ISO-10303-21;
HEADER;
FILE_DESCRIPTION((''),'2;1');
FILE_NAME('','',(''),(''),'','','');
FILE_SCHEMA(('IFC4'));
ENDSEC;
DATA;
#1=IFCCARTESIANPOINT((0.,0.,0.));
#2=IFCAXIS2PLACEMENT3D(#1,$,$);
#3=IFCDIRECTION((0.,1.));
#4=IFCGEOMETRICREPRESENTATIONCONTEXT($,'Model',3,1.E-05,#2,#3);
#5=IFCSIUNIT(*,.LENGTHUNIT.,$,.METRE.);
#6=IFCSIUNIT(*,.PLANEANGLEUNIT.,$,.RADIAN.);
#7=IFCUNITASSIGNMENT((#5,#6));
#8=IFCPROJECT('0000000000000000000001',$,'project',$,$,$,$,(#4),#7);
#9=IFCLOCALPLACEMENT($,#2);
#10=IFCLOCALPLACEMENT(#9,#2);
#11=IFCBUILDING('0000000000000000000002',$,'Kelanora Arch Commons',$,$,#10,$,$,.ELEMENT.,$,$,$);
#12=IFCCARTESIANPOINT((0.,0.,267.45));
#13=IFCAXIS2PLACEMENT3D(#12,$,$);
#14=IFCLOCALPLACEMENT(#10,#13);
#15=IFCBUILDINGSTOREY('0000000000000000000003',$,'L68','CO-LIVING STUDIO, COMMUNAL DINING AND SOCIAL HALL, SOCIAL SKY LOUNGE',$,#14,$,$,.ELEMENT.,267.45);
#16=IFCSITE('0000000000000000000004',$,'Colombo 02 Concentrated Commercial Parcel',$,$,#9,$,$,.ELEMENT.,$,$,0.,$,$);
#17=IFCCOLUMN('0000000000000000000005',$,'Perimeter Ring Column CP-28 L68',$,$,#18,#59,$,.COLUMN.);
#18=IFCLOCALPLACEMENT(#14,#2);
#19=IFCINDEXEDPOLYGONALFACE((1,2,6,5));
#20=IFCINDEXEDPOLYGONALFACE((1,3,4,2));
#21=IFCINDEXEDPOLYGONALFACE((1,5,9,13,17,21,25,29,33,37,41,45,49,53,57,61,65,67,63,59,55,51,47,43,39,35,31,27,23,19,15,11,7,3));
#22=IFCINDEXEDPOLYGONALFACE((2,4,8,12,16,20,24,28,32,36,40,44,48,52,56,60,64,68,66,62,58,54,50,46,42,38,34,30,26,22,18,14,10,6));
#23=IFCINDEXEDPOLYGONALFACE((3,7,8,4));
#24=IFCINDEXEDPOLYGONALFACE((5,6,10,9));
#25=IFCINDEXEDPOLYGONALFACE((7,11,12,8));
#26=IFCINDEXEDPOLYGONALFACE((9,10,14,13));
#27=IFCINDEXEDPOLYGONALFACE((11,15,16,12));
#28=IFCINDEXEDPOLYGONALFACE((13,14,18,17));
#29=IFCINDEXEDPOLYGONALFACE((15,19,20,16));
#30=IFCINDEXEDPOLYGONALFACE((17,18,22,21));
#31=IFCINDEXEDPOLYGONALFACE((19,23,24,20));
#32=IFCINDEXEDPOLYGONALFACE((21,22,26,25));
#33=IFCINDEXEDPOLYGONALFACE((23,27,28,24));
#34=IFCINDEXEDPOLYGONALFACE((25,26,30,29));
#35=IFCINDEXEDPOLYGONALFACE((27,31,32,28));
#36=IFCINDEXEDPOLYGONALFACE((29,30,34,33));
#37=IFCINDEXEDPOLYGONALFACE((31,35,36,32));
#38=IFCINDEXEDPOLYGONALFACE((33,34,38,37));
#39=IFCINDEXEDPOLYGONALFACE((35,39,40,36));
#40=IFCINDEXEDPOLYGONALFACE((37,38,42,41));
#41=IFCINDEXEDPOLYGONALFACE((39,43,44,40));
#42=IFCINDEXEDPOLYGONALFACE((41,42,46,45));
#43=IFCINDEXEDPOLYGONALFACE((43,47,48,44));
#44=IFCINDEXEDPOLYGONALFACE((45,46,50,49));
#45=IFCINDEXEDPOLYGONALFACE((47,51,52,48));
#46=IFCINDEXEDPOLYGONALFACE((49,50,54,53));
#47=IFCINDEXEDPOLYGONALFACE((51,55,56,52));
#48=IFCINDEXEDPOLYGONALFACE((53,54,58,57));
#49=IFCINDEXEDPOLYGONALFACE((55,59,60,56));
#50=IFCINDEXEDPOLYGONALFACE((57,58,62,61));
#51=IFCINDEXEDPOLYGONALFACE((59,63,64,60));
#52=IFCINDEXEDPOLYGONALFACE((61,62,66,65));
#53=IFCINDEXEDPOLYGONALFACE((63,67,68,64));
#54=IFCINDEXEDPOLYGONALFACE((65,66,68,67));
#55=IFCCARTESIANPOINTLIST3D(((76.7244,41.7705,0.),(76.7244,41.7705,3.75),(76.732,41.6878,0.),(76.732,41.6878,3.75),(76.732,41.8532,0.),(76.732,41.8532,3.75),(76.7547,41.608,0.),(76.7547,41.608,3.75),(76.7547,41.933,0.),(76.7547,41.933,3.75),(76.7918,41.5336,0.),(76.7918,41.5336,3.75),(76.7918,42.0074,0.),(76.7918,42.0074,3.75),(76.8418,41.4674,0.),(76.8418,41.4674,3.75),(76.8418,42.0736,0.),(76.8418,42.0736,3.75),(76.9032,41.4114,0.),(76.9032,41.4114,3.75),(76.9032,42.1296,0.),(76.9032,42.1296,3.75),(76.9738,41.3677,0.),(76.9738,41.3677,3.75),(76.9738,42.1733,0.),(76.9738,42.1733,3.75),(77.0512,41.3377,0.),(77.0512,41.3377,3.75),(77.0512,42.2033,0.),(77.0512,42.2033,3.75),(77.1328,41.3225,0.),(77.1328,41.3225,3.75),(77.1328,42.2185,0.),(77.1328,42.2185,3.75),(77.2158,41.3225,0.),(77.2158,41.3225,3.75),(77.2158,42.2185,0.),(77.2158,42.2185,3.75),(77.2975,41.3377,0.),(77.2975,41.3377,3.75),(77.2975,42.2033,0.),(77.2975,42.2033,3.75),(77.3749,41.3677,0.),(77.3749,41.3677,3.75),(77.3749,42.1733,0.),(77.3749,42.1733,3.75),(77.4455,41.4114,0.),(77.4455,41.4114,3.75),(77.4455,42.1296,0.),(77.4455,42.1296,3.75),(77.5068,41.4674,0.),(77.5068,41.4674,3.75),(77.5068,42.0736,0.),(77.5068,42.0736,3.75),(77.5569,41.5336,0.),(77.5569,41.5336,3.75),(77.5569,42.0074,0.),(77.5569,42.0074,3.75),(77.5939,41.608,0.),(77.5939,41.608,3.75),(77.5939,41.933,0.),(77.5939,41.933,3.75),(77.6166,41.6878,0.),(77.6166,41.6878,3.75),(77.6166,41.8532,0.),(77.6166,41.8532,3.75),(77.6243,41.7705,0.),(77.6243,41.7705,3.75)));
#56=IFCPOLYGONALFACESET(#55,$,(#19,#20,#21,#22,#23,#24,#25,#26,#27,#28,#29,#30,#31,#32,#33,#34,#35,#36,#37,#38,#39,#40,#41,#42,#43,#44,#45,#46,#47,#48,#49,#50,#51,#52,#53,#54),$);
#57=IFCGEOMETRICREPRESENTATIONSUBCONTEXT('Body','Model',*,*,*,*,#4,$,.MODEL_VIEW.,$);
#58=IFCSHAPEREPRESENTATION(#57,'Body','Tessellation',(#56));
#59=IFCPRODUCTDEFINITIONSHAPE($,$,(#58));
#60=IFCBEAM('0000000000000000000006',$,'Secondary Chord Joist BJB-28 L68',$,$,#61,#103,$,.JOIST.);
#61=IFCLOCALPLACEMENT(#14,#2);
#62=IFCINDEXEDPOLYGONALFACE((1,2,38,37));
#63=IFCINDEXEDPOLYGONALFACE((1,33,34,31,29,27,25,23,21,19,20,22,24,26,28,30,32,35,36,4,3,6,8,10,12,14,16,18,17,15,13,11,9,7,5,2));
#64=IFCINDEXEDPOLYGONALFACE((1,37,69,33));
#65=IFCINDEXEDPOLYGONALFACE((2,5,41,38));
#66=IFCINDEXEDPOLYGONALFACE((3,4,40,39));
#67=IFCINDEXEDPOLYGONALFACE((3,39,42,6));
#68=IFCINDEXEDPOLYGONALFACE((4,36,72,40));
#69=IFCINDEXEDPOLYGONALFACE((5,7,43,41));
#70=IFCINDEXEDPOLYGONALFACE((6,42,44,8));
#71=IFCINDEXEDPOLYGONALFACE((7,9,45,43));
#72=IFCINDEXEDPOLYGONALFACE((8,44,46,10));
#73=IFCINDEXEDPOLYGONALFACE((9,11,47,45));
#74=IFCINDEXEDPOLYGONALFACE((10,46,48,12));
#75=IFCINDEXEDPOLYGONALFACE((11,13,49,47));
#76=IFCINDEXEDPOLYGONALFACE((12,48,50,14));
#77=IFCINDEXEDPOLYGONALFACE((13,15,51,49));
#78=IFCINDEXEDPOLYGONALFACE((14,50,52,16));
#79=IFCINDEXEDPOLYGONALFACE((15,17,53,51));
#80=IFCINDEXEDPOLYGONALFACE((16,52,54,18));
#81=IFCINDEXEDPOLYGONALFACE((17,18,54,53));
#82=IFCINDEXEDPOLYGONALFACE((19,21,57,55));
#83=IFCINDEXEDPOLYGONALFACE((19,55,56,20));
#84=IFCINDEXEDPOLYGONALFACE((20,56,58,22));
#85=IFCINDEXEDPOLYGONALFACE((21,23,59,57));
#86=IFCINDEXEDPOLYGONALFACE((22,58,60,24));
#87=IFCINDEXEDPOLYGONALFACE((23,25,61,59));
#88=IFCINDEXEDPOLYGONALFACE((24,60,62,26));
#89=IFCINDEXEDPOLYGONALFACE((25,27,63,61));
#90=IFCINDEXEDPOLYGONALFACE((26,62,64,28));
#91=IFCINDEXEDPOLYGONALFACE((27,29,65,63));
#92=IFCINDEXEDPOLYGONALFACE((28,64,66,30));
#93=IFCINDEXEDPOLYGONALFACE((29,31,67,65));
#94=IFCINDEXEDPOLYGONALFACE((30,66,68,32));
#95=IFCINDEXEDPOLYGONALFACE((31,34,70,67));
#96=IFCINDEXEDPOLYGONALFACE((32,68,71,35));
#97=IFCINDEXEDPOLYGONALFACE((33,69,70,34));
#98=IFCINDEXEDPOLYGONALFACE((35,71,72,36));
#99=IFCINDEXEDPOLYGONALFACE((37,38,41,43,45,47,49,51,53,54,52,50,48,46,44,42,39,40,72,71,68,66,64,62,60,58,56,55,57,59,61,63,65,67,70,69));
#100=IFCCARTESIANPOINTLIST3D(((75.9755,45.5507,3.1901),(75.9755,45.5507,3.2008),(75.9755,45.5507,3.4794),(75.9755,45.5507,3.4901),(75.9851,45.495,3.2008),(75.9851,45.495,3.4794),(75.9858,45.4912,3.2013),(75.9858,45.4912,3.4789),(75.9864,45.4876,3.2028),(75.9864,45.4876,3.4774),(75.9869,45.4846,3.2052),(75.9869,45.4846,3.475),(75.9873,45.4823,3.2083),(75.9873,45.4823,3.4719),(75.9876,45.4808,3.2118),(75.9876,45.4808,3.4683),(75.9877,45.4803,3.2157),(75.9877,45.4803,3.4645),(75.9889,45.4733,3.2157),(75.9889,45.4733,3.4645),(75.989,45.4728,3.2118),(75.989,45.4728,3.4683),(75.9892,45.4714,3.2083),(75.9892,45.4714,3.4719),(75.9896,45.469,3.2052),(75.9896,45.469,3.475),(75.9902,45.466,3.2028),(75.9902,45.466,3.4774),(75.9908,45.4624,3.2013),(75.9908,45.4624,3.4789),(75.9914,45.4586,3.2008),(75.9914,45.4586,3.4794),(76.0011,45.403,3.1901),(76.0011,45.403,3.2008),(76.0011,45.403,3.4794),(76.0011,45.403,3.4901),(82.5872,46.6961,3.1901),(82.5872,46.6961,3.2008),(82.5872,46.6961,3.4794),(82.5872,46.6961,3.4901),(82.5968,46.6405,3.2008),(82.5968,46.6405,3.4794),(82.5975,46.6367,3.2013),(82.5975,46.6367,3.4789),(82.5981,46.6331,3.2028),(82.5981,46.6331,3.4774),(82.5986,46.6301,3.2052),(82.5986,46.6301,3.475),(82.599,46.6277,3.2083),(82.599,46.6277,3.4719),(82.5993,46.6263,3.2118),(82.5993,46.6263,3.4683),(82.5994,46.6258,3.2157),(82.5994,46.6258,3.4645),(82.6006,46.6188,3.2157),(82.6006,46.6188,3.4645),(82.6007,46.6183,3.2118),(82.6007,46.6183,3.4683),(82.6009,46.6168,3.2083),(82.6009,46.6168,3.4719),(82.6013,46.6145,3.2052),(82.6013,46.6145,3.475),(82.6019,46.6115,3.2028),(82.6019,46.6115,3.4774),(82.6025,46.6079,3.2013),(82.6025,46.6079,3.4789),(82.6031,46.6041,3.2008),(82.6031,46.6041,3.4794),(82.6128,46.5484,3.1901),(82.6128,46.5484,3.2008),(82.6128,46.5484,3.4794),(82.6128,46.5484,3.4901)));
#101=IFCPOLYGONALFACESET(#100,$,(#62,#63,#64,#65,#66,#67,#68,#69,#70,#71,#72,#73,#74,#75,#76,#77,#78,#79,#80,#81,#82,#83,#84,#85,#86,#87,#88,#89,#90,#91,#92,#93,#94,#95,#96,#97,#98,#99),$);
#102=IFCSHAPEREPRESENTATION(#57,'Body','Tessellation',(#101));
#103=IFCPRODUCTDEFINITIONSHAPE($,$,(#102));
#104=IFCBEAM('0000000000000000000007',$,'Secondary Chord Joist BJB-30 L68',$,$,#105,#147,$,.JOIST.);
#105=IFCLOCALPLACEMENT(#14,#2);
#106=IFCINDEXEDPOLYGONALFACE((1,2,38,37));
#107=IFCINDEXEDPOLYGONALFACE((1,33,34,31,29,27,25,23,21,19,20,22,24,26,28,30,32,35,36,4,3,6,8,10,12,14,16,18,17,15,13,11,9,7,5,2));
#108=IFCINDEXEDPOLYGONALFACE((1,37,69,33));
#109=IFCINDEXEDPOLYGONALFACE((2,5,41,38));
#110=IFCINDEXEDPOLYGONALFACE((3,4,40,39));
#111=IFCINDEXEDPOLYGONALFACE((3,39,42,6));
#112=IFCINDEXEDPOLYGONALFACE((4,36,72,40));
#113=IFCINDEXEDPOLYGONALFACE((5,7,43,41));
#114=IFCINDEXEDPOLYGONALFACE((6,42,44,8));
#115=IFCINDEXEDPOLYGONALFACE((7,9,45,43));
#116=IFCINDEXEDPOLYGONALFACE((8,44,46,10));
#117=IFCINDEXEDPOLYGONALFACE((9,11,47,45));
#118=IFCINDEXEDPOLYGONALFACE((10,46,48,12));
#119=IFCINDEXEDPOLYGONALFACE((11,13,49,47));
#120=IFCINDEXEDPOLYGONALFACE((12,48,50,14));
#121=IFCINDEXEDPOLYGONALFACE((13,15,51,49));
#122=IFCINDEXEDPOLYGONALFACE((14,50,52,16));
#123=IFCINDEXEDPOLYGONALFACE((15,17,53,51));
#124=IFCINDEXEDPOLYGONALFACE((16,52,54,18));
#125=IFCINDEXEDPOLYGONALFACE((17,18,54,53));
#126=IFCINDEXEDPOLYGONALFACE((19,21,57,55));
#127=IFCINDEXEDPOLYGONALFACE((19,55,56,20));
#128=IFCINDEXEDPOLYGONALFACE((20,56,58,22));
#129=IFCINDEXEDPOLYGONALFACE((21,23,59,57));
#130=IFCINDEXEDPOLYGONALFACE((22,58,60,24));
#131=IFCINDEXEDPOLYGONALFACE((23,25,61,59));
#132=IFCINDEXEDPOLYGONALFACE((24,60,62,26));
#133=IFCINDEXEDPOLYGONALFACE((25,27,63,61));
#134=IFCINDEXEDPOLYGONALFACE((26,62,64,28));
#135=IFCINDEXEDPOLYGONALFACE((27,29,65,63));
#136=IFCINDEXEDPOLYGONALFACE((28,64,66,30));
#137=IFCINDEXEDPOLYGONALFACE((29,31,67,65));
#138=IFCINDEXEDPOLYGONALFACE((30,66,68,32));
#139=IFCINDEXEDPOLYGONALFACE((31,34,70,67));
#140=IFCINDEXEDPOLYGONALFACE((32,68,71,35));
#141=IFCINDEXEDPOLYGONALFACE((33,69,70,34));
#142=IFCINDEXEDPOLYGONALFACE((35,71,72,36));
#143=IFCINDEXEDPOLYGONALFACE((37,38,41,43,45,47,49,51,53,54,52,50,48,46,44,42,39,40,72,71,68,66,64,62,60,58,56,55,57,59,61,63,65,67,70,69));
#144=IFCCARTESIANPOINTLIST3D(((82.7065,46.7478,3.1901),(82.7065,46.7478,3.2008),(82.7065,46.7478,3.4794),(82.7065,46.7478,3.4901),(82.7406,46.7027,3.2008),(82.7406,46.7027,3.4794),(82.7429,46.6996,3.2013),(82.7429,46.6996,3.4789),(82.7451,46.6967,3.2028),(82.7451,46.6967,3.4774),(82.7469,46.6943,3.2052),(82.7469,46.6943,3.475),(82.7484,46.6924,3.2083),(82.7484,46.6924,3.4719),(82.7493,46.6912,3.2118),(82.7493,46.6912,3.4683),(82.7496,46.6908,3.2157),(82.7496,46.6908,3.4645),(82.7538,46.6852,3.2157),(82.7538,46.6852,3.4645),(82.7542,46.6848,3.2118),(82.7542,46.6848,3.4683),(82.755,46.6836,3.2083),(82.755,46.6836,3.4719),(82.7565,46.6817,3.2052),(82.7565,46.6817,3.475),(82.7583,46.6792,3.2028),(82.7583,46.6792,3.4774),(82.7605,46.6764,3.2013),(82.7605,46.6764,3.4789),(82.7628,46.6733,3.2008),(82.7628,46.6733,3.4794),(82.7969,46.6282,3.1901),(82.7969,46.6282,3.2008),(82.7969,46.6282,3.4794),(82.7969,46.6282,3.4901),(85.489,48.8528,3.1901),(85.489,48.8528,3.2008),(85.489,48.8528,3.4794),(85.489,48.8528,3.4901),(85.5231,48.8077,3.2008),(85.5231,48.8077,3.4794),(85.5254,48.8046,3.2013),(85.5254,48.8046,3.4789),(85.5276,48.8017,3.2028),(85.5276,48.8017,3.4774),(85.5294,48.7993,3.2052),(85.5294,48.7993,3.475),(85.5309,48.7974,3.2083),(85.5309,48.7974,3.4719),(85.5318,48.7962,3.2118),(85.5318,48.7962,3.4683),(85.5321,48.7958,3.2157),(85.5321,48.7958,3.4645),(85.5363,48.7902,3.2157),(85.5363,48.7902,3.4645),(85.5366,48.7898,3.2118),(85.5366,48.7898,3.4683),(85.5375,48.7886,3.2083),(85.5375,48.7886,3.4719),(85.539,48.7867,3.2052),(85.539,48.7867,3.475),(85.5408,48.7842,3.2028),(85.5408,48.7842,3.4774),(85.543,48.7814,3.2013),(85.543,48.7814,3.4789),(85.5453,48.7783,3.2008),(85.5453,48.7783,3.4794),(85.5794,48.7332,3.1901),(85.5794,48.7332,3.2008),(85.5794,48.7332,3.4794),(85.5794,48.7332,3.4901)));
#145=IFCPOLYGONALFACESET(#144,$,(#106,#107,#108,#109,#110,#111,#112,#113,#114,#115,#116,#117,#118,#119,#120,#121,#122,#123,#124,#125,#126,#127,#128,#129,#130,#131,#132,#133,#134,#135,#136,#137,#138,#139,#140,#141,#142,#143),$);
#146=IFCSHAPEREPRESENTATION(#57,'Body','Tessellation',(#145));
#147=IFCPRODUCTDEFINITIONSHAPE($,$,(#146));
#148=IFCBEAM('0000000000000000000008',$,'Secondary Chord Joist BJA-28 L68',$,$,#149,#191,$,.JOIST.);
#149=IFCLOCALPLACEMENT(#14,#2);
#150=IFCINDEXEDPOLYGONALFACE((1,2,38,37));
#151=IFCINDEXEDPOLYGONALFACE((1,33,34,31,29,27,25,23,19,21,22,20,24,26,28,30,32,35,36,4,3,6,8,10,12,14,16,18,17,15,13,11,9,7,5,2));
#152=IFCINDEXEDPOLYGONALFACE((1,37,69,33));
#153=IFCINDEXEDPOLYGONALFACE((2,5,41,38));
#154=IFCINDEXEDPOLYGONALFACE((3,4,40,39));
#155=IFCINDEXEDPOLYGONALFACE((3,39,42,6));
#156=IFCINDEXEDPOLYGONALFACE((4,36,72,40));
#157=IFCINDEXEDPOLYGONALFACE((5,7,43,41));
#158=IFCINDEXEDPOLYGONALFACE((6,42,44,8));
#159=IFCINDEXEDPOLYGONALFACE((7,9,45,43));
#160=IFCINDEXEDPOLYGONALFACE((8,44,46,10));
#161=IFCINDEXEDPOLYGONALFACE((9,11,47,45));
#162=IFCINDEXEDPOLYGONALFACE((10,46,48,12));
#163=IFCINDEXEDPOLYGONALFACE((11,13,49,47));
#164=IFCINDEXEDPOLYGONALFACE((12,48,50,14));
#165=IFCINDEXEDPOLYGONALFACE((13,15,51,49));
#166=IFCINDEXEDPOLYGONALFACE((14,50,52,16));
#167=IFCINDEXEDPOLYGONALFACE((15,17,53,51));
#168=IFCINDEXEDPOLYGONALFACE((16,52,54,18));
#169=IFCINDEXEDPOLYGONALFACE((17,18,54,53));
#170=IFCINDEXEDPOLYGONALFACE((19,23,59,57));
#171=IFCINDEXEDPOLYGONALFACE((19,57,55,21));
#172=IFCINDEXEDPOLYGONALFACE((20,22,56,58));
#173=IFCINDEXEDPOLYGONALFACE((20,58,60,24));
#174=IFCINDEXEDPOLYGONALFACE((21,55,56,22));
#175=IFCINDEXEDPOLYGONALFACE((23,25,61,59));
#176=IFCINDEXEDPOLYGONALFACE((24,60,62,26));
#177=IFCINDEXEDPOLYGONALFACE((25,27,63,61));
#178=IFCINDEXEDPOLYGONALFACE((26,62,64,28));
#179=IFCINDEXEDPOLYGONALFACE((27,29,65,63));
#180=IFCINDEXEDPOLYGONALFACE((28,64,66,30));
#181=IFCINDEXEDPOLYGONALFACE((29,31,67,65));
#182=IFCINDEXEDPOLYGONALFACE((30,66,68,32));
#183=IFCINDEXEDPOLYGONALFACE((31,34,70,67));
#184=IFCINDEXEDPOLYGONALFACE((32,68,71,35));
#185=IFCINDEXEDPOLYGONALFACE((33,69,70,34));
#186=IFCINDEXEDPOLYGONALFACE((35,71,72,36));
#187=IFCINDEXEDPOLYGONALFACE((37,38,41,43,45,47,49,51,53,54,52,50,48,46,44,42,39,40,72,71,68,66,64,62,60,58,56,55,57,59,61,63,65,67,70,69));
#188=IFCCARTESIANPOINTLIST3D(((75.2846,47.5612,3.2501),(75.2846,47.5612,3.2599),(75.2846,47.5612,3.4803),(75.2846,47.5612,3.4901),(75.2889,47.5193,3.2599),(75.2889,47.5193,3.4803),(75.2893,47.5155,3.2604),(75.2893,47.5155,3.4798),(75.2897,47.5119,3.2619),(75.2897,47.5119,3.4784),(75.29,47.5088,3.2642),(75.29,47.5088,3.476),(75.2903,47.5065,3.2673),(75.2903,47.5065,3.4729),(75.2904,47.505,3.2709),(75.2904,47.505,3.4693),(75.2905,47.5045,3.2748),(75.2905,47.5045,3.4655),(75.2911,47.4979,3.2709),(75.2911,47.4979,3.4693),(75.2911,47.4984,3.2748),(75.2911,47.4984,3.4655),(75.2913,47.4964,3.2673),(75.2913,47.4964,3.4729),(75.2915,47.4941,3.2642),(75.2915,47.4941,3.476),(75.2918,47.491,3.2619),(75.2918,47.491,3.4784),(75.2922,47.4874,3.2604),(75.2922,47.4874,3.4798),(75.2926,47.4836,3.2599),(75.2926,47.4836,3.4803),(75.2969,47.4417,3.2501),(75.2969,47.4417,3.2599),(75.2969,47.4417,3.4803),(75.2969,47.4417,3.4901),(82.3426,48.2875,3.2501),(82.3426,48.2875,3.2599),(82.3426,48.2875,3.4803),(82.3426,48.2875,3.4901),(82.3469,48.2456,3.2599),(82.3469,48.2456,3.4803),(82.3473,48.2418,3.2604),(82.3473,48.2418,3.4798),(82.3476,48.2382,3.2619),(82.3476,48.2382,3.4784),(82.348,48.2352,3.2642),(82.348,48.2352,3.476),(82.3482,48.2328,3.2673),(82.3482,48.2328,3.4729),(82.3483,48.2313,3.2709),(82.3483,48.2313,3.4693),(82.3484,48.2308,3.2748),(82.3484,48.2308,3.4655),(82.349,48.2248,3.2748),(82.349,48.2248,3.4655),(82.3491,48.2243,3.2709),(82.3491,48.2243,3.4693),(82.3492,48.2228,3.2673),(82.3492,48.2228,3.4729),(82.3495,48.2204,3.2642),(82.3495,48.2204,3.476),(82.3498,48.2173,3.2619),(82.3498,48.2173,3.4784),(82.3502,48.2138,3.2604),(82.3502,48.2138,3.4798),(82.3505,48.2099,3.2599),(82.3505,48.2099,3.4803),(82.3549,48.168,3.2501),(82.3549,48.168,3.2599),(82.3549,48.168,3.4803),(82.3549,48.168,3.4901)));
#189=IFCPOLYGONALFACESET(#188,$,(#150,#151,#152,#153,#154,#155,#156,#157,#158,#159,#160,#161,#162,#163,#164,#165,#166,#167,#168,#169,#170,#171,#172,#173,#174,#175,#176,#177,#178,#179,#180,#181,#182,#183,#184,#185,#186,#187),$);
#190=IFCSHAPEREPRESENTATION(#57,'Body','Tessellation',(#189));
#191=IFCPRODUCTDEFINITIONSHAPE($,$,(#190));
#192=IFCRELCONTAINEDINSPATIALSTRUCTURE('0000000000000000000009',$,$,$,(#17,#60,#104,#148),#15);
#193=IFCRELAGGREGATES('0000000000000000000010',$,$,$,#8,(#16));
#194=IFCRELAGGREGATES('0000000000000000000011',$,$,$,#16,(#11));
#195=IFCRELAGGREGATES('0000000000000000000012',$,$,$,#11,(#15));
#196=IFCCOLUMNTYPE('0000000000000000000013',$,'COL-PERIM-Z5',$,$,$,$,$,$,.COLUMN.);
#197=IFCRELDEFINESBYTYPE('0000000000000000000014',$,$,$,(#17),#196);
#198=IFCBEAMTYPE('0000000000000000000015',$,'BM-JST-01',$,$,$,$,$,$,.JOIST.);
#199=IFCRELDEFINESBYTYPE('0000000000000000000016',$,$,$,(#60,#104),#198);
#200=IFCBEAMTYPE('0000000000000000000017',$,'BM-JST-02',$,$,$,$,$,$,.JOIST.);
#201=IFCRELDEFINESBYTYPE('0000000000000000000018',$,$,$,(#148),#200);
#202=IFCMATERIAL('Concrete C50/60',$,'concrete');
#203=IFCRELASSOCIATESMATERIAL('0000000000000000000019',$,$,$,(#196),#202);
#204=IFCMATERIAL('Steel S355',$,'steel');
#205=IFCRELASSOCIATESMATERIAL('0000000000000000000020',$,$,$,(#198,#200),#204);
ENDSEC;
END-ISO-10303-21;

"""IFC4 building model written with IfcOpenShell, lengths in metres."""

from ifc_helpers import new_model, si_unit, direction, frame, origin, origin_2d, place, context, subcontext, project, spatial, circle, i_section, extrude, material, material_profile, profile_set, type_object, element, save


model = new_model("IFC4")

# Units and contexts
model_context = context("Model", 3, precision=1e-05, world=origin(), true_north=direction((0.0, 1.0)))
body_context = subcontext(model_context, "Body", "Model", "MODEL_VIEW")
ifc_project = project(units=[si_unit("LENGTHUNIT", "METRE"), si_unit("PLANEANGLEUNIT", "RADIAN")], contexts=[model_context])

# Site, building, storey
site_placement = place(None, origin())
site = spatial("IfcSite", under=ifc_project, at=site_placement, Name="Colombo 02 Concentrated Commercial Parcel", CompositionType="ELEMENT", RefElevation=0.0)
building_placement = place(site_placement, origin())
building = spatial("IfcBuilding", under=site, at=building_placement, Name="Kelanora Arch Commons", CompositionType="ELEMENT")
storey_placement = place(building_placement, frame((0.0, 0.0, 267.45)))
storey = spatial("IfcBuildingStorey", under=building, at=storey_placement, Name="L68", Description="CO-LIVING STUDIO, COMMUNAL DINING AND SOCIAL HALL, SOCIAL SKY LOUNGE", CompositionType="ELEMENT", Elevation=267.45)

# Column
ifc_material_1 = material(Name="Concrete C50/60", Category="concrete")
ifc_material_profile_1 = material_profile(ifc_material_1, circle(Radius=0.45, at=origin_2d()), Name="RCC900")
ifc_profile_set_1 = profile_set([ifc_material_profile_1], Name="Concrete C50/60")
column_type = type_object("IfcColumnType", Name="COL-PERIM-Z5", PredefinedType="COLUMN", material=ifc_profile_set_1)
column_placement = place(storey_placement, frame((77.1743, 41.7705, 0.0), z_axis=(0.0, 0.0, 1.0), x_axis=(1.0, 0.0, 0.0)))
element("IfcColumn", 1, at=column_placement, inside=storey, type_object=column_type, Name="Perimeter Ring Column CP-28 L68", PredefinedType="COLUMN", context=body_context, shape_type="SweptSolid", body=[
    extrude(circle(Radius=0.45, at=origin_2d()), origin(), (0.0, 0.0, 1.0), 3.75),
])

# Beams
ifc_material_2 = material(Name="Steel S355", Category="steel")
ifc_material_profile_2 = material_profile(ifc_material_2, i_section(OverallWidth=0.1499, OverallDepth=0.3, WebThickness=0.0071, FlangeThickness=0.0107, FilletRadius=0.0149, at=origin_2d()), Name="IPE300")
ifc_profile_set_2 = profile_set([ifc_material_profile_2], Name="Steel S355")
beam_type_1 = type_object("IfcBeamType", Name="BM-JST-01", PredefinedType="JOIST", material=ifc_profile_set_2)
beam_1_placement = place(storey_placement, frame((75.9883, 45.4768, 3.3401), z_axis=(0.985322, 0.170709, 0.0), x_axis=(-0.170709, 0.985322, 0.0)))
element("IfcBeam", 2, at=beam_1_placement, inside=storey, type_object=beam_type_1, Name="Secondary Chord Joist BJB-28 L68", PredefinedType="JOIST", context=body_context, shape_type="SweptSolid", body=[
    extrude(i_section(OverallWidth=0.1499, OverallDepth=0.3, WebThickness=0.0071, FlangeThickness=0.0107, FilletRadius=0.0149, at=origin_2d()), origin(), (0.0, 0.0, 1.0), 6.7102),
])
beam_2_placement = place(storey_placement, frame((82.7517, 46.688, 3.3401), z_axis=(0.797499, 0.60332, 0.0), x_axis=(-0.60332, 0.797499, 0.0)))
element("IfcBeam", 3, at=beam_2_placement, inside=storey, type_object=beam_type_1, Name="Secondary Chord Joist BJB-30 L68", PredefinedType="JOIST", context=body_context, shape_type="SweptSolid", body=[
    extrude(i_section(OverallWidth=0.1499, OverallDepth=0.3, WebThickness=0.0071, FlangeThickness=0.0107, FilletRadius=0.0149, at=origin_2d()), origin(), (0.0, 0.0, 1.0), 3.489),
])
ifc_material_profile_3 = material_profile(ifc_material_2, i_section(OverallWidth=0.1201, OverallDepth=0.24, WebThickness=0.0061, FlangeThickness=0.0098, FilletRadius=0.0149, at=origin_2d()), Name="IPE240")
ifc_profile_set_3 = profile_set([ifc_material_profile_3], Name="Steel S355")
beam_type_2 = type_object("IfcBeamType", Name="BM-JST-02", PredefinedType="JOIST", material=ifc_profile_set_3)
beam_3_placement = place(storey_placement, frame((75.2908, 47.5015, 3.3701), z_axis=(0.994747, 0.102369, 0.0), x_axis=(-0.102369, 0.994747, 0.0)))
element("IfcBeam", 4, at=beam_3_placement, inside=storey, type_object=beam_type_2, Name="Secondary Chord Joist BJA-28 L68", PredefinedType="JOIST", context=body_context, shape_type="SweptSolid", body=[
    extrude(i_section(OverallWidth=0.1201, OverallDepth=0.24, WebThickness=0.0061, FlangeThickness=0.0098, FilletRadius=0.0149, at=origin_2d()), origin(), (0.0, 0.0, 1.0), 7.0952),
])

save(model, "model.ifc")
